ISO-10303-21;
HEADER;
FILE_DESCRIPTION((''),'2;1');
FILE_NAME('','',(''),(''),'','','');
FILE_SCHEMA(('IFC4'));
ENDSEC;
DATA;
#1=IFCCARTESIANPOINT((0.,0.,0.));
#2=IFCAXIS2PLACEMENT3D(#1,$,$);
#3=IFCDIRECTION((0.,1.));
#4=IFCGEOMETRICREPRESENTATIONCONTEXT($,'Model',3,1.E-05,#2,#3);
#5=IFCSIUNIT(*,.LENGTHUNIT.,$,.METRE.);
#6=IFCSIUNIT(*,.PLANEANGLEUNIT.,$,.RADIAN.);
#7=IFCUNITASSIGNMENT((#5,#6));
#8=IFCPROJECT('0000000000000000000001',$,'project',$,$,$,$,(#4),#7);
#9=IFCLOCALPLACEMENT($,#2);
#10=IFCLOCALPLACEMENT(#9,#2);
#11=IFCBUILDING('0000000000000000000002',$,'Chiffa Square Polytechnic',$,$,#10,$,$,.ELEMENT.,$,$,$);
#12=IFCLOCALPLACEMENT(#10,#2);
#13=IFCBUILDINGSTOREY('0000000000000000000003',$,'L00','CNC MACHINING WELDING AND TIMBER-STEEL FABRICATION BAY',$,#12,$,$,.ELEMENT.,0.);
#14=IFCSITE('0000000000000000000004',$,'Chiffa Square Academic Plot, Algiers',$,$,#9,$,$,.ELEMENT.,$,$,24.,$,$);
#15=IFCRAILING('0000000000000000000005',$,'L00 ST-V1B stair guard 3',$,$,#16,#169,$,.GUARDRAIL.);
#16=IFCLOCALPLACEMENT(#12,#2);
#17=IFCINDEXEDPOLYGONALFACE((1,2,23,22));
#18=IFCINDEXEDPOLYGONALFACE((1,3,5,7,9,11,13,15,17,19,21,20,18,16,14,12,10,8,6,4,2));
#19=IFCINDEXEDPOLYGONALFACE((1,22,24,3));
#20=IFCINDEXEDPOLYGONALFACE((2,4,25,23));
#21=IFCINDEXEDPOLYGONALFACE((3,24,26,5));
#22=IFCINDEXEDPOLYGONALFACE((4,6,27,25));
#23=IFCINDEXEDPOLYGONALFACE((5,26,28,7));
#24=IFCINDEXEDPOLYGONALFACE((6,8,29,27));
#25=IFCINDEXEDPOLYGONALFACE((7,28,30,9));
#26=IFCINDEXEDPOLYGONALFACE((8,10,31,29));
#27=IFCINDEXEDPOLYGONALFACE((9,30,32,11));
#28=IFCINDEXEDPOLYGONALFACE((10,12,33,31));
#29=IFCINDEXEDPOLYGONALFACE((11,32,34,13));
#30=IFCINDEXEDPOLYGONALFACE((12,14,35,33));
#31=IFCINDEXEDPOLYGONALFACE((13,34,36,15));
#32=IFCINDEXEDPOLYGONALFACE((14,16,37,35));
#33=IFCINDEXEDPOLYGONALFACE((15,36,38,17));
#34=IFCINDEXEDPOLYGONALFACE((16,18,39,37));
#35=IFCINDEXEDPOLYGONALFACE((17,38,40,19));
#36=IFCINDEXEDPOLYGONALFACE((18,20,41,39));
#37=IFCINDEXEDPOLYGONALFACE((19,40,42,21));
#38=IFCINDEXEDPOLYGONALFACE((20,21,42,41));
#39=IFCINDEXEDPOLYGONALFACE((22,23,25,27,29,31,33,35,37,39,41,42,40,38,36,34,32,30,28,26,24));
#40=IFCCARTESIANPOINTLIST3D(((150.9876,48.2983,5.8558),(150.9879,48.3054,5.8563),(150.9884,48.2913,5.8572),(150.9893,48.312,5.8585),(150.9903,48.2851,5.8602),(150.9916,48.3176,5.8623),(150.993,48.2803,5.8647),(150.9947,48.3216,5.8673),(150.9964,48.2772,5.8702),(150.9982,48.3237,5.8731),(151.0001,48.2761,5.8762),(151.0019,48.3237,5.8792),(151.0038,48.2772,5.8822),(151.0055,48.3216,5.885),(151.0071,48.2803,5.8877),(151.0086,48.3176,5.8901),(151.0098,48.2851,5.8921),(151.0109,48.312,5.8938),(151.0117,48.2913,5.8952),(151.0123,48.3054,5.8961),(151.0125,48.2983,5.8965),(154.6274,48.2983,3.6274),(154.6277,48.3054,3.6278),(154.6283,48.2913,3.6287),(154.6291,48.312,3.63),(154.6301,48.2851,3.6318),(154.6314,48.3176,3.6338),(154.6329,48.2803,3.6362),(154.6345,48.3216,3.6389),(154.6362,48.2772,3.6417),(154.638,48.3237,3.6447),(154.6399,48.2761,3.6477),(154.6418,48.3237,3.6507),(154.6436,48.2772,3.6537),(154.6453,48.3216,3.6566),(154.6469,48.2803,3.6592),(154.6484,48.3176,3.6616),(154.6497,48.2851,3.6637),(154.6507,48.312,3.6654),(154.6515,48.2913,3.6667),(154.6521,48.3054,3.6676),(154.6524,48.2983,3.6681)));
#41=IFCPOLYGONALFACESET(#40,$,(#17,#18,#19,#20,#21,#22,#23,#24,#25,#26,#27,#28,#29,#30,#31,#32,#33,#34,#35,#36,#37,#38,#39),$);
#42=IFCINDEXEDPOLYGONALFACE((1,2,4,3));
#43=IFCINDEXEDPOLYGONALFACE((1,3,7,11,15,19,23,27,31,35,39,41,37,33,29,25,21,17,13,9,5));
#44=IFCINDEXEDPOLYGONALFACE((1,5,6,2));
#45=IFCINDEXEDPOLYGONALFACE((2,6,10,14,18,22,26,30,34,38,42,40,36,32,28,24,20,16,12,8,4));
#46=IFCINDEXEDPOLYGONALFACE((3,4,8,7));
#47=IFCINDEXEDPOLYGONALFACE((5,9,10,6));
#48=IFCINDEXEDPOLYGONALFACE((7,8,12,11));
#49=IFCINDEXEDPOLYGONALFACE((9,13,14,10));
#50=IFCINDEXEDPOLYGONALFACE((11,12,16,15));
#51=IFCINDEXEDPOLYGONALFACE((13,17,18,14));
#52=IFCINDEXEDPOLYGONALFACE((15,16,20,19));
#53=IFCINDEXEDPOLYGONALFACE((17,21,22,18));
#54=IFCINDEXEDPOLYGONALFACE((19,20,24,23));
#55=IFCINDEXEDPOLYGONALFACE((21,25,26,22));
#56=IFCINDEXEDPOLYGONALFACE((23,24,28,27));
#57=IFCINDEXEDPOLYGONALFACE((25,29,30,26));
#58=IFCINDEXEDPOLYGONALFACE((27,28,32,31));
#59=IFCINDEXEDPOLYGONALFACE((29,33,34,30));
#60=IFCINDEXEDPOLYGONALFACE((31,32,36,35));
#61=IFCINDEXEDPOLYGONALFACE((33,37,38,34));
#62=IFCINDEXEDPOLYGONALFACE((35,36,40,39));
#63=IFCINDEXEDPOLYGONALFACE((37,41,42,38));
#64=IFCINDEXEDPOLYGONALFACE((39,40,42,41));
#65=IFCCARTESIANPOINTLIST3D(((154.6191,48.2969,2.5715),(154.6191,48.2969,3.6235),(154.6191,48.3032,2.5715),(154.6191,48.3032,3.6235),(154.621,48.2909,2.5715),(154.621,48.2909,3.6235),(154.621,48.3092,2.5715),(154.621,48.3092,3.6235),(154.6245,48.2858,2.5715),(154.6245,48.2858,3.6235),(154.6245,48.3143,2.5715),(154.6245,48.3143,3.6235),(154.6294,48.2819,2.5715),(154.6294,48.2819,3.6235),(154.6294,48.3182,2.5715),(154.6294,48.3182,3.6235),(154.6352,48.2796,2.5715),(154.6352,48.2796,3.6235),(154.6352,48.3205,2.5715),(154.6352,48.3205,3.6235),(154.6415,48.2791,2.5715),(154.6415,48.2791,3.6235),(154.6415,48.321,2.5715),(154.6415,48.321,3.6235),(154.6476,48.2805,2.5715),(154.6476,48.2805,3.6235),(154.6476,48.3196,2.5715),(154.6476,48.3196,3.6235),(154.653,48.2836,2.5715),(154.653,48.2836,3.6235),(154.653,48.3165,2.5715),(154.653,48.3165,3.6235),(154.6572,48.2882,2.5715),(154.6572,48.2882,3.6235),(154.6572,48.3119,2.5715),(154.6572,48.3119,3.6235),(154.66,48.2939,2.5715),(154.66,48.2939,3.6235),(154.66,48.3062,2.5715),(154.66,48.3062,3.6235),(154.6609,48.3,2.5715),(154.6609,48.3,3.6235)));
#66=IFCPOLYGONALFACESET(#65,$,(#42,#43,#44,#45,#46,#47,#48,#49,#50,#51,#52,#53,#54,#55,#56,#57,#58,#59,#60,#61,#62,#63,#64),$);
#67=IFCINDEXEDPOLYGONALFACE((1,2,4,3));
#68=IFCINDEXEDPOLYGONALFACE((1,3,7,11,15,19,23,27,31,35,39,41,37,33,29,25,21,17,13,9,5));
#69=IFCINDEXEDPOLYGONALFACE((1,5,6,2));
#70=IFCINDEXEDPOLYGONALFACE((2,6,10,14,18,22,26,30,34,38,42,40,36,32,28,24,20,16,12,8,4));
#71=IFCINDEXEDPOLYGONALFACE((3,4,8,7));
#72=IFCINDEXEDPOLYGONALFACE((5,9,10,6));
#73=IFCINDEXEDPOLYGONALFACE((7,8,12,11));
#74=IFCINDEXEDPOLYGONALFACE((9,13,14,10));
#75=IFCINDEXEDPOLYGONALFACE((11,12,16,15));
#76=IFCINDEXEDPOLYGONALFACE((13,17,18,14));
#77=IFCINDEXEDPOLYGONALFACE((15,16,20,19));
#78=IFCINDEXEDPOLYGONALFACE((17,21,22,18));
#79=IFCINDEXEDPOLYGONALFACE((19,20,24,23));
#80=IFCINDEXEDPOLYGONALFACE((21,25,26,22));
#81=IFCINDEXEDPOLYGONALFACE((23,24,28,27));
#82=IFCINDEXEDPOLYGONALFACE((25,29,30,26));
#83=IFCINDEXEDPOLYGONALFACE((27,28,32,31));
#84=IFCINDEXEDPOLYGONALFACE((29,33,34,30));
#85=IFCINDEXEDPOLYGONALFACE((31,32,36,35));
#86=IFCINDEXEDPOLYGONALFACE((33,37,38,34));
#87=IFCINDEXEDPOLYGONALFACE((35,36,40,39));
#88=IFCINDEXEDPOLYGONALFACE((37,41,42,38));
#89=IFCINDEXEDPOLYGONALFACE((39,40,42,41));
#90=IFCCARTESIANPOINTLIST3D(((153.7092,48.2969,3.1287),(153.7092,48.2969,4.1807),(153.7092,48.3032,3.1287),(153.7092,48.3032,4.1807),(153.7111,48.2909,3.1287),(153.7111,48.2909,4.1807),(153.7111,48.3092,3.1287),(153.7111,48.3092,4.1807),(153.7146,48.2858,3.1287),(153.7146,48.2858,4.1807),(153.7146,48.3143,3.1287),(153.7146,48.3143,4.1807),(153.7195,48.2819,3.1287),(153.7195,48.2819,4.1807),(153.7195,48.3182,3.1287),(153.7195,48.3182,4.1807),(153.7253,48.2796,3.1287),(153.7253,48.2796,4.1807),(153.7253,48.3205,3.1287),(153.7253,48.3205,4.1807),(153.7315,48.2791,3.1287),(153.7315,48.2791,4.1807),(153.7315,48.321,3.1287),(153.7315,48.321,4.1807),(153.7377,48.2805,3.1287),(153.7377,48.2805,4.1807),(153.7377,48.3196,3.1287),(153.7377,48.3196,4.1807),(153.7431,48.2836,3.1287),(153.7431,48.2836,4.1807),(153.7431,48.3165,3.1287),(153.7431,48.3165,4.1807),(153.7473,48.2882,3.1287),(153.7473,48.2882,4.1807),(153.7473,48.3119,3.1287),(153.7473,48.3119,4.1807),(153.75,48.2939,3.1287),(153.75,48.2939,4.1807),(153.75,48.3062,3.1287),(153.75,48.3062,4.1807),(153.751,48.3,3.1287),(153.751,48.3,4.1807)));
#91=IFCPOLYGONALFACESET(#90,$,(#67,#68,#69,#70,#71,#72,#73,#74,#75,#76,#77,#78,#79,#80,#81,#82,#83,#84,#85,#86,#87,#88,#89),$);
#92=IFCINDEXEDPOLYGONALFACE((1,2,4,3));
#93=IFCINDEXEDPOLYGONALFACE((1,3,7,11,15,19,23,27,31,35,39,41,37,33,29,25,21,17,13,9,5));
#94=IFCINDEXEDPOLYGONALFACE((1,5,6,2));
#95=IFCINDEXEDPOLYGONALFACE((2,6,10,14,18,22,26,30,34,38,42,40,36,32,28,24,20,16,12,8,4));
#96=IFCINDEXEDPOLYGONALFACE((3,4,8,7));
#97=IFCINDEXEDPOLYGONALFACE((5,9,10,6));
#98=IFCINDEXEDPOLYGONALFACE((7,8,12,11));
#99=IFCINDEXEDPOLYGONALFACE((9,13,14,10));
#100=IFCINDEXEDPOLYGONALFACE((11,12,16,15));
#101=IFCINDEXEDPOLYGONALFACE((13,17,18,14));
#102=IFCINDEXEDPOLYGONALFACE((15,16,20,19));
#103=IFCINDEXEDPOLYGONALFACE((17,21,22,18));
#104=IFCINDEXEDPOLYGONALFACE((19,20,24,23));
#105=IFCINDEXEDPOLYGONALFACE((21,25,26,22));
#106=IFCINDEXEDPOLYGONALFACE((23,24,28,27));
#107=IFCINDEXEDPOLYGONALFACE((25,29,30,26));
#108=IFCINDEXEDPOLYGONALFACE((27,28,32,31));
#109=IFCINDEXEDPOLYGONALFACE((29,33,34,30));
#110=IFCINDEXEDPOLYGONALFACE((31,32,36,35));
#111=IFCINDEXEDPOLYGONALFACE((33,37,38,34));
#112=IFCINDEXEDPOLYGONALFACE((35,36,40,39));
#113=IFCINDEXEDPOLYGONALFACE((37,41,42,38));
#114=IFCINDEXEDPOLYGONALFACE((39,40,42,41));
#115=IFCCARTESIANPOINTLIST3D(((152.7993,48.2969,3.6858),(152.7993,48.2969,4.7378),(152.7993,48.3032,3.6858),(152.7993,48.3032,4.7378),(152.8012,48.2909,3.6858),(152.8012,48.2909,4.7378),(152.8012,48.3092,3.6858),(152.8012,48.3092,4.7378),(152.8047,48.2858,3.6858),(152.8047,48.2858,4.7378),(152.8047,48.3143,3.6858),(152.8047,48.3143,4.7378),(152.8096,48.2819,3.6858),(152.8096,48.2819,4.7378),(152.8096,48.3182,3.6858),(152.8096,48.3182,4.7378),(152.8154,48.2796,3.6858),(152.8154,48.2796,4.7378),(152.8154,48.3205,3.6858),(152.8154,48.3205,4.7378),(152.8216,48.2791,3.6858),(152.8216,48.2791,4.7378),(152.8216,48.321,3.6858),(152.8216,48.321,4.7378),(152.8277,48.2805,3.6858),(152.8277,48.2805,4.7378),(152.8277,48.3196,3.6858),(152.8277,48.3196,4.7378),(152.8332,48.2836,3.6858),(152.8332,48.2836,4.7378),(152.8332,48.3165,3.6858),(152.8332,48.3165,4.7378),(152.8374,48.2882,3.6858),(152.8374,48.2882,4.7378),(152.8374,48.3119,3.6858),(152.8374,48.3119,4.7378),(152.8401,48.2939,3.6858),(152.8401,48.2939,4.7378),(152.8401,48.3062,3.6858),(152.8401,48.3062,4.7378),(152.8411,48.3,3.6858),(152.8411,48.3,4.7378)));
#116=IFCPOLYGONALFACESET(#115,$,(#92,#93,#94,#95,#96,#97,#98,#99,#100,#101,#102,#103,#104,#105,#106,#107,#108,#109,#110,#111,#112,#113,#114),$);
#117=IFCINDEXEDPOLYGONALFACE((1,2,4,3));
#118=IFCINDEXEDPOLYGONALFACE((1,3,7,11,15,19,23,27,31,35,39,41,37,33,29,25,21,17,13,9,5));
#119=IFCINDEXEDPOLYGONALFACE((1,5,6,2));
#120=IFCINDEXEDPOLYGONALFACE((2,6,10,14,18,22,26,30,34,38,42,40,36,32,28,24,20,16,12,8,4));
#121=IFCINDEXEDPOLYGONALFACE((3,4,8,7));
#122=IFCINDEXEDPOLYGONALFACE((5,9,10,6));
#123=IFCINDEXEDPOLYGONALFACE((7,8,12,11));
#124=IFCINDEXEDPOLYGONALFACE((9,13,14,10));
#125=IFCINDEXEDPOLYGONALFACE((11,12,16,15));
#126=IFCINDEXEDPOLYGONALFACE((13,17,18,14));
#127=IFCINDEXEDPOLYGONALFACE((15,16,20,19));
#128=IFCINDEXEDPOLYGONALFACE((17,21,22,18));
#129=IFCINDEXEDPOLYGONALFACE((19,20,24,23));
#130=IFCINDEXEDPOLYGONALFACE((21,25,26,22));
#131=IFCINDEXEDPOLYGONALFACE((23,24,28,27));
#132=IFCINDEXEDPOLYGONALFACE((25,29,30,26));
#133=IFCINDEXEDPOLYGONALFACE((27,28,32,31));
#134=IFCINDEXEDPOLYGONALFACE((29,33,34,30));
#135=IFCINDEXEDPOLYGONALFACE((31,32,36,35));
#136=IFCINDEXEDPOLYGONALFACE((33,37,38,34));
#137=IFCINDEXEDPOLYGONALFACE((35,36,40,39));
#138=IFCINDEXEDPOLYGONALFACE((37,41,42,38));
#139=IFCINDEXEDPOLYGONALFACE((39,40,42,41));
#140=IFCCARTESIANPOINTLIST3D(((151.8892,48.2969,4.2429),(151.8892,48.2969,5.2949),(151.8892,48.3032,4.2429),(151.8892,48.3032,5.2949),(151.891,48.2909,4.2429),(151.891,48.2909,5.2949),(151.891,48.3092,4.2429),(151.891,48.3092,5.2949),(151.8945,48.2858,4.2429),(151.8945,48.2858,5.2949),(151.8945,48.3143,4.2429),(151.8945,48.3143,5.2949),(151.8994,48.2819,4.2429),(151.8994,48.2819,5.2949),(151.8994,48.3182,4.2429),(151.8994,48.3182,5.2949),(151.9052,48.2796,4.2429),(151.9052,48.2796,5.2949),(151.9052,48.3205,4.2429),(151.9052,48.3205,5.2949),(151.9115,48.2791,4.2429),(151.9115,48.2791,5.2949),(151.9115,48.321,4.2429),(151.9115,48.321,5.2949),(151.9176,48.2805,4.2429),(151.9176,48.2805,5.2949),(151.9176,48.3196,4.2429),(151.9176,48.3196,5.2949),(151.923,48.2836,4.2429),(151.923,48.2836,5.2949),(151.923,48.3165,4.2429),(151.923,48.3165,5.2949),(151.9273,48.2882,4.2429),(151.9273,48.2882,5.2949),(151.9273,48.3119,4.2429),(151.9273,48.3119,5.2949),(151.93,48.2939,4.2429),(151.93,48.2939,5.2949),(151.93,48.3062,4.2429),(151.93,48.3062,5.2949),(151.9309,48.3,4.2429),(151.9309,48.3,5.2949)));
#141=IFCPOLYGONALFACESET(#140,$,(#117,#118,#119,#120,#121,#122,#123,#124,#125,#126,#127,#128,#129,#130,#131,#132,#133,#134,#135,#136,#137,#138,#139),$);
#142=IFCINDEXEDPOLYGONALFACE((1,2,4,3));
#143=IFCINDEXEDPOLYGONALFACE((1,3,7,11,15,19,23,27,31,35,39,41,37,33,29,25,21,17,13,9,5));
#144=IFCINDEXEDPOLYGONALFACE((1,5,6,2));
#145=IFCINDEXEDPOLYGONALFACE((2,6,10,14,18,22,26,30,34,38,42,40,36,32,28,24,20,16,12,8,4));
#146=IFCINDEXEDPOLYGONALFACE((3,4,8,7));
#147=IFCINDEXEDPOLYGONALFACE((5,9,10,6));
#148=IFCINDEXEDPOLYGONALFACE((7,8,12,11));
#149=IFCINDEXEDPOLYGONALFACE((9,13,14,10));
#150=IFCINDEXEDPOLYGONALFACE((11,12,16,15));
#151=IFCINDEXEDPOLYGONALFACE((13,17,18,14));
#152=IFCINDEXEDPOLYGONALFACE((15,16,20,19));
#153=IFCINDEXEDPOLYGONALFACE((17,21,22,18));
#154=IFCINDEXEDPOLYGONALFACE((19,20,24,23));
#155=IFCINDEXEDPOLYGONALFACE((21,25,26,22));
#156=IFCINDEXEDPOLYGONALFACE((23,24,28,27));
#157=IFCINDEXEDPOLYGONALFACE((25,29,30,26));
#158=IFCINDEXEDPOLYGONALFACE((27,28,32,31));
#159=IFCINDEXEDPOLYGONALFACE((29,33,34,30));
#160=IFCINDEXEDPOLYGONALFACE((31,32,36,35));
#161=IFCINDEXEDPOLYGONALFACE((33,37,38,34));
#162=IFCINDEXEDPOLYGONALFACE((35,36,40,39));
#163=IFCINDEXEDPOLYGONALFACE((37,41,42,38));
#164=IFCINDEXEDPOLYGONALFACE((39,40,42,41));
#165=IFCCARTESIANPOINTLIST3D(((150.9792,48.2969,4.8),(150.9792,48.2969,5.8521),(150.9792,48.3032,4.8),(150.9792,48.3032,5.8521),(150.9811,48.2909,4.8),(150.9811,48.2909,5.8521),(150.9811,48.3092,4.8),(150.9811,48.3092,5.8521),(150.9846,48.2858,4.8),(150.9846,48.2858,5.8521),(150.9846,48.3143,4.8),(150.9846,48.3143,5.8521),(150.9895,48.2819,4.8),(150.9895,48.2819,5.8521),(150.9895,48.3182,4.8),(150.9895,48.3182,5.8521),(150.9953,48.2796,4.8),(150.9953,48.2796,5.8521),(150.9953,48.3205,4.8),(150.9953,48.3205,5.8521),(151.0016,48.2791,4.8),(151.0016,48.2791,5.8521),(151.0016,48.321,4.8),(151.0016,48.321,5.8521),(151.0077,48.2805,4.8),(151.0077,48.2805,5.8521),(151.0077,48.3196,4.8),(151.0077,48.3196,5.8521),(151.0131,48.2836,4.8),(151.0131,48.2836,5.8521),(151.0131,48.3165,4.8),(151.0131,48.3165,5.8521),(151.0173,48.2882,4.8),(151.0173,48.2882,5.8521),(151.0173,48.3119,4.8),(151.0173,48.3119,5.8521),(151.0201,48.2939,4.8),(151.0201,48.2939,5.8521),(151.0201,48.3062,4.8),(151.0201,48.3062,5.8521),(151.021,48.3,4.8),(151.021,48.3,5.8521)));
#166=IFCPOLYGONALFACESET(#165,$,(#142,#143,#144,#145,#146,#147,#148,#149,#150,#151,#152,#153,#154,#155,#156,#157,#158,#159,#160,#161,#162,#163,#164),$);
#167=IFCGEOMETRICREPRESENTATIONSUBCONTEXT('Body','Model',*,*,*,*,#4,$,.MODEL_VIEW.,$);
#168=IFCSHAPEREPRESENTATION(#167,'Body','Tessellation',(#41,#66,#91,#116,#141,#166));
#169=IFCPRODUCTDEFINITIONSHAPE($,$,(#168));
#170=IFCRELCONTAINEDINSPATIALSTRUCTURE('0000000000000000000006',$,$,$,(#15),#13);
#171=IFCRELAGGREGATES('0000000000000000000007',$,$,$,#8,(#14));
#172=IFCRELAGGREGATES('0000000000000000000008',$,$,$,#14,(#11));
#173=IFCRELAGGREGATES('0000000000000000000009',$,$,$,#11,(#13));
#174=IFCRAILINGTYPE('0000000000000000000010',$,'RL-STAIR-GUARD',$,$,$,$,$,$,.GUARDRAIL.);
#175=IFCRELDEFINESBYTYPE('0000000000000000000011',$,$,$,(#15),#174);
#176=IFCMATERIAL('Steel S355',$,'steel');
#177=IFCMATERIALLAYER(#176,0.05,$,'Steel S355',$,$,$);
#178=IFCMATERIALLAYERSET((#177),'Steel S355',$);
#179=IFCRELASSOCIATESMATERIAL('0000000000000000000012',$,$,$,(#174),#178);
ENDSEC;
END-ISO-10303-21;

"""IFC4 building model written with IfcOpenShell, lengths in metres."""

from ifc_helpers import new_model, si_unit, direction, frame, origin, origin_2d, place, context, subcontext, project, spatial, circle, extrude, material, layer, layer_set, type_object, element, save


model = new_model("IFC4")

# Units and contexts
model_context = context("Model", 3, precision=1e-05, world=origin(), true_north=direction((0.0, 1.0)))
body_context = subcontext(model_context, "Body", "Model", "MODEL_VIEW")
ifc_project = project(units=[si_unit("LENGTHUNIT", "METRE"), si_unit("PLANEANGLEUNIT", "RADIAN")], contexts=[model_context])

# Site, building, storey
site_placement = place(None, origin())
site = spatial("IfcSite", under=ifc_project, at=site_placement, Name="Chiffa Square Academic Plot, Algiers", CompositionType="ELEMENT", RefElevation=24.0)
building_placement = place(site_placement, origin())
building = spatial("IfcBuilding", under=site, at=building_placement, Name="Chiffa Square Polytechnic", CompositionType="ELEMENT")
storey_placement = place(building_placement, origin())
storey = spatial("IfcBuildingStorey", under=building, at=storey_placement, Name="L00", Description="CNC MACHINING WELDING AND TIMBER-STEEL FABRICATION BAY", CompositionType="ELEMENT", Elevation=0.0)

# Railing
ifc_material_1 = material(Name="Steel S355", Category="steel")
ifc_layer_1 = layer(ifc_material_1, 0.05, Name="Steel S355")
ifc_layer_set_1 = layer_set([ifc_layer_1], Name="Steel S355")
railing_type_1 = type_object("IfcRailingType", Name="RL-STAIR-GUARD", PredefinedType="GUARDRAIL", material=ifc_layer_set_1)
railing_1_placement = place(storey_placement, frame((154.6399, 48.3, 2.5715)))
element("IfcRailing", 1, at=railing_1_placement, inside=storey, type_object=railing_type_1, Name="L00 ST-V1B stair guard 3", PredefinedType="GUARDRAIL", context=body_context, shape_type="SweptSolid", body=[
    extrude(circle(Radius=0.0239, at=origin_2d()), frame((0.0, 0.0, 1.0762), z_axis=(-0.85285, 0.0, 0.522156), x_axis=(0.0, -1.0, 0.0)), (0.0, 0.0, 1.0), 4.2678),
    extrude(circle(Radius=0.021, at=origin_2d()), origin(), (0.0, 0.0, 1.0), 1.052),
    extrude(circle(Radius=0.021, at=origin_2d()), frame((-0.9099, 0.0, 0.5571)), (0.0, 0.0, 1.0), 1.052),
    extrude(circle(Radius=0.021, at=origin_2d()), frame((-1.8198, 0.0, 1.1143)), (0.0, 0.0, 1.0), 1.052),
    extrude(circle(Radius=0.021, at=origin_2d()), frame((-2.73, 0.0, 1.6714)), (0.0, 0.0, 1.0), 1.052),
    extrude(circle(Radius=0.021, at=origin_2d()), frame((-3.6399, 0.0, 2.2285)), (0.0, 0.0, 1.0), 1.052),
])

save(model, "model.ifc")
